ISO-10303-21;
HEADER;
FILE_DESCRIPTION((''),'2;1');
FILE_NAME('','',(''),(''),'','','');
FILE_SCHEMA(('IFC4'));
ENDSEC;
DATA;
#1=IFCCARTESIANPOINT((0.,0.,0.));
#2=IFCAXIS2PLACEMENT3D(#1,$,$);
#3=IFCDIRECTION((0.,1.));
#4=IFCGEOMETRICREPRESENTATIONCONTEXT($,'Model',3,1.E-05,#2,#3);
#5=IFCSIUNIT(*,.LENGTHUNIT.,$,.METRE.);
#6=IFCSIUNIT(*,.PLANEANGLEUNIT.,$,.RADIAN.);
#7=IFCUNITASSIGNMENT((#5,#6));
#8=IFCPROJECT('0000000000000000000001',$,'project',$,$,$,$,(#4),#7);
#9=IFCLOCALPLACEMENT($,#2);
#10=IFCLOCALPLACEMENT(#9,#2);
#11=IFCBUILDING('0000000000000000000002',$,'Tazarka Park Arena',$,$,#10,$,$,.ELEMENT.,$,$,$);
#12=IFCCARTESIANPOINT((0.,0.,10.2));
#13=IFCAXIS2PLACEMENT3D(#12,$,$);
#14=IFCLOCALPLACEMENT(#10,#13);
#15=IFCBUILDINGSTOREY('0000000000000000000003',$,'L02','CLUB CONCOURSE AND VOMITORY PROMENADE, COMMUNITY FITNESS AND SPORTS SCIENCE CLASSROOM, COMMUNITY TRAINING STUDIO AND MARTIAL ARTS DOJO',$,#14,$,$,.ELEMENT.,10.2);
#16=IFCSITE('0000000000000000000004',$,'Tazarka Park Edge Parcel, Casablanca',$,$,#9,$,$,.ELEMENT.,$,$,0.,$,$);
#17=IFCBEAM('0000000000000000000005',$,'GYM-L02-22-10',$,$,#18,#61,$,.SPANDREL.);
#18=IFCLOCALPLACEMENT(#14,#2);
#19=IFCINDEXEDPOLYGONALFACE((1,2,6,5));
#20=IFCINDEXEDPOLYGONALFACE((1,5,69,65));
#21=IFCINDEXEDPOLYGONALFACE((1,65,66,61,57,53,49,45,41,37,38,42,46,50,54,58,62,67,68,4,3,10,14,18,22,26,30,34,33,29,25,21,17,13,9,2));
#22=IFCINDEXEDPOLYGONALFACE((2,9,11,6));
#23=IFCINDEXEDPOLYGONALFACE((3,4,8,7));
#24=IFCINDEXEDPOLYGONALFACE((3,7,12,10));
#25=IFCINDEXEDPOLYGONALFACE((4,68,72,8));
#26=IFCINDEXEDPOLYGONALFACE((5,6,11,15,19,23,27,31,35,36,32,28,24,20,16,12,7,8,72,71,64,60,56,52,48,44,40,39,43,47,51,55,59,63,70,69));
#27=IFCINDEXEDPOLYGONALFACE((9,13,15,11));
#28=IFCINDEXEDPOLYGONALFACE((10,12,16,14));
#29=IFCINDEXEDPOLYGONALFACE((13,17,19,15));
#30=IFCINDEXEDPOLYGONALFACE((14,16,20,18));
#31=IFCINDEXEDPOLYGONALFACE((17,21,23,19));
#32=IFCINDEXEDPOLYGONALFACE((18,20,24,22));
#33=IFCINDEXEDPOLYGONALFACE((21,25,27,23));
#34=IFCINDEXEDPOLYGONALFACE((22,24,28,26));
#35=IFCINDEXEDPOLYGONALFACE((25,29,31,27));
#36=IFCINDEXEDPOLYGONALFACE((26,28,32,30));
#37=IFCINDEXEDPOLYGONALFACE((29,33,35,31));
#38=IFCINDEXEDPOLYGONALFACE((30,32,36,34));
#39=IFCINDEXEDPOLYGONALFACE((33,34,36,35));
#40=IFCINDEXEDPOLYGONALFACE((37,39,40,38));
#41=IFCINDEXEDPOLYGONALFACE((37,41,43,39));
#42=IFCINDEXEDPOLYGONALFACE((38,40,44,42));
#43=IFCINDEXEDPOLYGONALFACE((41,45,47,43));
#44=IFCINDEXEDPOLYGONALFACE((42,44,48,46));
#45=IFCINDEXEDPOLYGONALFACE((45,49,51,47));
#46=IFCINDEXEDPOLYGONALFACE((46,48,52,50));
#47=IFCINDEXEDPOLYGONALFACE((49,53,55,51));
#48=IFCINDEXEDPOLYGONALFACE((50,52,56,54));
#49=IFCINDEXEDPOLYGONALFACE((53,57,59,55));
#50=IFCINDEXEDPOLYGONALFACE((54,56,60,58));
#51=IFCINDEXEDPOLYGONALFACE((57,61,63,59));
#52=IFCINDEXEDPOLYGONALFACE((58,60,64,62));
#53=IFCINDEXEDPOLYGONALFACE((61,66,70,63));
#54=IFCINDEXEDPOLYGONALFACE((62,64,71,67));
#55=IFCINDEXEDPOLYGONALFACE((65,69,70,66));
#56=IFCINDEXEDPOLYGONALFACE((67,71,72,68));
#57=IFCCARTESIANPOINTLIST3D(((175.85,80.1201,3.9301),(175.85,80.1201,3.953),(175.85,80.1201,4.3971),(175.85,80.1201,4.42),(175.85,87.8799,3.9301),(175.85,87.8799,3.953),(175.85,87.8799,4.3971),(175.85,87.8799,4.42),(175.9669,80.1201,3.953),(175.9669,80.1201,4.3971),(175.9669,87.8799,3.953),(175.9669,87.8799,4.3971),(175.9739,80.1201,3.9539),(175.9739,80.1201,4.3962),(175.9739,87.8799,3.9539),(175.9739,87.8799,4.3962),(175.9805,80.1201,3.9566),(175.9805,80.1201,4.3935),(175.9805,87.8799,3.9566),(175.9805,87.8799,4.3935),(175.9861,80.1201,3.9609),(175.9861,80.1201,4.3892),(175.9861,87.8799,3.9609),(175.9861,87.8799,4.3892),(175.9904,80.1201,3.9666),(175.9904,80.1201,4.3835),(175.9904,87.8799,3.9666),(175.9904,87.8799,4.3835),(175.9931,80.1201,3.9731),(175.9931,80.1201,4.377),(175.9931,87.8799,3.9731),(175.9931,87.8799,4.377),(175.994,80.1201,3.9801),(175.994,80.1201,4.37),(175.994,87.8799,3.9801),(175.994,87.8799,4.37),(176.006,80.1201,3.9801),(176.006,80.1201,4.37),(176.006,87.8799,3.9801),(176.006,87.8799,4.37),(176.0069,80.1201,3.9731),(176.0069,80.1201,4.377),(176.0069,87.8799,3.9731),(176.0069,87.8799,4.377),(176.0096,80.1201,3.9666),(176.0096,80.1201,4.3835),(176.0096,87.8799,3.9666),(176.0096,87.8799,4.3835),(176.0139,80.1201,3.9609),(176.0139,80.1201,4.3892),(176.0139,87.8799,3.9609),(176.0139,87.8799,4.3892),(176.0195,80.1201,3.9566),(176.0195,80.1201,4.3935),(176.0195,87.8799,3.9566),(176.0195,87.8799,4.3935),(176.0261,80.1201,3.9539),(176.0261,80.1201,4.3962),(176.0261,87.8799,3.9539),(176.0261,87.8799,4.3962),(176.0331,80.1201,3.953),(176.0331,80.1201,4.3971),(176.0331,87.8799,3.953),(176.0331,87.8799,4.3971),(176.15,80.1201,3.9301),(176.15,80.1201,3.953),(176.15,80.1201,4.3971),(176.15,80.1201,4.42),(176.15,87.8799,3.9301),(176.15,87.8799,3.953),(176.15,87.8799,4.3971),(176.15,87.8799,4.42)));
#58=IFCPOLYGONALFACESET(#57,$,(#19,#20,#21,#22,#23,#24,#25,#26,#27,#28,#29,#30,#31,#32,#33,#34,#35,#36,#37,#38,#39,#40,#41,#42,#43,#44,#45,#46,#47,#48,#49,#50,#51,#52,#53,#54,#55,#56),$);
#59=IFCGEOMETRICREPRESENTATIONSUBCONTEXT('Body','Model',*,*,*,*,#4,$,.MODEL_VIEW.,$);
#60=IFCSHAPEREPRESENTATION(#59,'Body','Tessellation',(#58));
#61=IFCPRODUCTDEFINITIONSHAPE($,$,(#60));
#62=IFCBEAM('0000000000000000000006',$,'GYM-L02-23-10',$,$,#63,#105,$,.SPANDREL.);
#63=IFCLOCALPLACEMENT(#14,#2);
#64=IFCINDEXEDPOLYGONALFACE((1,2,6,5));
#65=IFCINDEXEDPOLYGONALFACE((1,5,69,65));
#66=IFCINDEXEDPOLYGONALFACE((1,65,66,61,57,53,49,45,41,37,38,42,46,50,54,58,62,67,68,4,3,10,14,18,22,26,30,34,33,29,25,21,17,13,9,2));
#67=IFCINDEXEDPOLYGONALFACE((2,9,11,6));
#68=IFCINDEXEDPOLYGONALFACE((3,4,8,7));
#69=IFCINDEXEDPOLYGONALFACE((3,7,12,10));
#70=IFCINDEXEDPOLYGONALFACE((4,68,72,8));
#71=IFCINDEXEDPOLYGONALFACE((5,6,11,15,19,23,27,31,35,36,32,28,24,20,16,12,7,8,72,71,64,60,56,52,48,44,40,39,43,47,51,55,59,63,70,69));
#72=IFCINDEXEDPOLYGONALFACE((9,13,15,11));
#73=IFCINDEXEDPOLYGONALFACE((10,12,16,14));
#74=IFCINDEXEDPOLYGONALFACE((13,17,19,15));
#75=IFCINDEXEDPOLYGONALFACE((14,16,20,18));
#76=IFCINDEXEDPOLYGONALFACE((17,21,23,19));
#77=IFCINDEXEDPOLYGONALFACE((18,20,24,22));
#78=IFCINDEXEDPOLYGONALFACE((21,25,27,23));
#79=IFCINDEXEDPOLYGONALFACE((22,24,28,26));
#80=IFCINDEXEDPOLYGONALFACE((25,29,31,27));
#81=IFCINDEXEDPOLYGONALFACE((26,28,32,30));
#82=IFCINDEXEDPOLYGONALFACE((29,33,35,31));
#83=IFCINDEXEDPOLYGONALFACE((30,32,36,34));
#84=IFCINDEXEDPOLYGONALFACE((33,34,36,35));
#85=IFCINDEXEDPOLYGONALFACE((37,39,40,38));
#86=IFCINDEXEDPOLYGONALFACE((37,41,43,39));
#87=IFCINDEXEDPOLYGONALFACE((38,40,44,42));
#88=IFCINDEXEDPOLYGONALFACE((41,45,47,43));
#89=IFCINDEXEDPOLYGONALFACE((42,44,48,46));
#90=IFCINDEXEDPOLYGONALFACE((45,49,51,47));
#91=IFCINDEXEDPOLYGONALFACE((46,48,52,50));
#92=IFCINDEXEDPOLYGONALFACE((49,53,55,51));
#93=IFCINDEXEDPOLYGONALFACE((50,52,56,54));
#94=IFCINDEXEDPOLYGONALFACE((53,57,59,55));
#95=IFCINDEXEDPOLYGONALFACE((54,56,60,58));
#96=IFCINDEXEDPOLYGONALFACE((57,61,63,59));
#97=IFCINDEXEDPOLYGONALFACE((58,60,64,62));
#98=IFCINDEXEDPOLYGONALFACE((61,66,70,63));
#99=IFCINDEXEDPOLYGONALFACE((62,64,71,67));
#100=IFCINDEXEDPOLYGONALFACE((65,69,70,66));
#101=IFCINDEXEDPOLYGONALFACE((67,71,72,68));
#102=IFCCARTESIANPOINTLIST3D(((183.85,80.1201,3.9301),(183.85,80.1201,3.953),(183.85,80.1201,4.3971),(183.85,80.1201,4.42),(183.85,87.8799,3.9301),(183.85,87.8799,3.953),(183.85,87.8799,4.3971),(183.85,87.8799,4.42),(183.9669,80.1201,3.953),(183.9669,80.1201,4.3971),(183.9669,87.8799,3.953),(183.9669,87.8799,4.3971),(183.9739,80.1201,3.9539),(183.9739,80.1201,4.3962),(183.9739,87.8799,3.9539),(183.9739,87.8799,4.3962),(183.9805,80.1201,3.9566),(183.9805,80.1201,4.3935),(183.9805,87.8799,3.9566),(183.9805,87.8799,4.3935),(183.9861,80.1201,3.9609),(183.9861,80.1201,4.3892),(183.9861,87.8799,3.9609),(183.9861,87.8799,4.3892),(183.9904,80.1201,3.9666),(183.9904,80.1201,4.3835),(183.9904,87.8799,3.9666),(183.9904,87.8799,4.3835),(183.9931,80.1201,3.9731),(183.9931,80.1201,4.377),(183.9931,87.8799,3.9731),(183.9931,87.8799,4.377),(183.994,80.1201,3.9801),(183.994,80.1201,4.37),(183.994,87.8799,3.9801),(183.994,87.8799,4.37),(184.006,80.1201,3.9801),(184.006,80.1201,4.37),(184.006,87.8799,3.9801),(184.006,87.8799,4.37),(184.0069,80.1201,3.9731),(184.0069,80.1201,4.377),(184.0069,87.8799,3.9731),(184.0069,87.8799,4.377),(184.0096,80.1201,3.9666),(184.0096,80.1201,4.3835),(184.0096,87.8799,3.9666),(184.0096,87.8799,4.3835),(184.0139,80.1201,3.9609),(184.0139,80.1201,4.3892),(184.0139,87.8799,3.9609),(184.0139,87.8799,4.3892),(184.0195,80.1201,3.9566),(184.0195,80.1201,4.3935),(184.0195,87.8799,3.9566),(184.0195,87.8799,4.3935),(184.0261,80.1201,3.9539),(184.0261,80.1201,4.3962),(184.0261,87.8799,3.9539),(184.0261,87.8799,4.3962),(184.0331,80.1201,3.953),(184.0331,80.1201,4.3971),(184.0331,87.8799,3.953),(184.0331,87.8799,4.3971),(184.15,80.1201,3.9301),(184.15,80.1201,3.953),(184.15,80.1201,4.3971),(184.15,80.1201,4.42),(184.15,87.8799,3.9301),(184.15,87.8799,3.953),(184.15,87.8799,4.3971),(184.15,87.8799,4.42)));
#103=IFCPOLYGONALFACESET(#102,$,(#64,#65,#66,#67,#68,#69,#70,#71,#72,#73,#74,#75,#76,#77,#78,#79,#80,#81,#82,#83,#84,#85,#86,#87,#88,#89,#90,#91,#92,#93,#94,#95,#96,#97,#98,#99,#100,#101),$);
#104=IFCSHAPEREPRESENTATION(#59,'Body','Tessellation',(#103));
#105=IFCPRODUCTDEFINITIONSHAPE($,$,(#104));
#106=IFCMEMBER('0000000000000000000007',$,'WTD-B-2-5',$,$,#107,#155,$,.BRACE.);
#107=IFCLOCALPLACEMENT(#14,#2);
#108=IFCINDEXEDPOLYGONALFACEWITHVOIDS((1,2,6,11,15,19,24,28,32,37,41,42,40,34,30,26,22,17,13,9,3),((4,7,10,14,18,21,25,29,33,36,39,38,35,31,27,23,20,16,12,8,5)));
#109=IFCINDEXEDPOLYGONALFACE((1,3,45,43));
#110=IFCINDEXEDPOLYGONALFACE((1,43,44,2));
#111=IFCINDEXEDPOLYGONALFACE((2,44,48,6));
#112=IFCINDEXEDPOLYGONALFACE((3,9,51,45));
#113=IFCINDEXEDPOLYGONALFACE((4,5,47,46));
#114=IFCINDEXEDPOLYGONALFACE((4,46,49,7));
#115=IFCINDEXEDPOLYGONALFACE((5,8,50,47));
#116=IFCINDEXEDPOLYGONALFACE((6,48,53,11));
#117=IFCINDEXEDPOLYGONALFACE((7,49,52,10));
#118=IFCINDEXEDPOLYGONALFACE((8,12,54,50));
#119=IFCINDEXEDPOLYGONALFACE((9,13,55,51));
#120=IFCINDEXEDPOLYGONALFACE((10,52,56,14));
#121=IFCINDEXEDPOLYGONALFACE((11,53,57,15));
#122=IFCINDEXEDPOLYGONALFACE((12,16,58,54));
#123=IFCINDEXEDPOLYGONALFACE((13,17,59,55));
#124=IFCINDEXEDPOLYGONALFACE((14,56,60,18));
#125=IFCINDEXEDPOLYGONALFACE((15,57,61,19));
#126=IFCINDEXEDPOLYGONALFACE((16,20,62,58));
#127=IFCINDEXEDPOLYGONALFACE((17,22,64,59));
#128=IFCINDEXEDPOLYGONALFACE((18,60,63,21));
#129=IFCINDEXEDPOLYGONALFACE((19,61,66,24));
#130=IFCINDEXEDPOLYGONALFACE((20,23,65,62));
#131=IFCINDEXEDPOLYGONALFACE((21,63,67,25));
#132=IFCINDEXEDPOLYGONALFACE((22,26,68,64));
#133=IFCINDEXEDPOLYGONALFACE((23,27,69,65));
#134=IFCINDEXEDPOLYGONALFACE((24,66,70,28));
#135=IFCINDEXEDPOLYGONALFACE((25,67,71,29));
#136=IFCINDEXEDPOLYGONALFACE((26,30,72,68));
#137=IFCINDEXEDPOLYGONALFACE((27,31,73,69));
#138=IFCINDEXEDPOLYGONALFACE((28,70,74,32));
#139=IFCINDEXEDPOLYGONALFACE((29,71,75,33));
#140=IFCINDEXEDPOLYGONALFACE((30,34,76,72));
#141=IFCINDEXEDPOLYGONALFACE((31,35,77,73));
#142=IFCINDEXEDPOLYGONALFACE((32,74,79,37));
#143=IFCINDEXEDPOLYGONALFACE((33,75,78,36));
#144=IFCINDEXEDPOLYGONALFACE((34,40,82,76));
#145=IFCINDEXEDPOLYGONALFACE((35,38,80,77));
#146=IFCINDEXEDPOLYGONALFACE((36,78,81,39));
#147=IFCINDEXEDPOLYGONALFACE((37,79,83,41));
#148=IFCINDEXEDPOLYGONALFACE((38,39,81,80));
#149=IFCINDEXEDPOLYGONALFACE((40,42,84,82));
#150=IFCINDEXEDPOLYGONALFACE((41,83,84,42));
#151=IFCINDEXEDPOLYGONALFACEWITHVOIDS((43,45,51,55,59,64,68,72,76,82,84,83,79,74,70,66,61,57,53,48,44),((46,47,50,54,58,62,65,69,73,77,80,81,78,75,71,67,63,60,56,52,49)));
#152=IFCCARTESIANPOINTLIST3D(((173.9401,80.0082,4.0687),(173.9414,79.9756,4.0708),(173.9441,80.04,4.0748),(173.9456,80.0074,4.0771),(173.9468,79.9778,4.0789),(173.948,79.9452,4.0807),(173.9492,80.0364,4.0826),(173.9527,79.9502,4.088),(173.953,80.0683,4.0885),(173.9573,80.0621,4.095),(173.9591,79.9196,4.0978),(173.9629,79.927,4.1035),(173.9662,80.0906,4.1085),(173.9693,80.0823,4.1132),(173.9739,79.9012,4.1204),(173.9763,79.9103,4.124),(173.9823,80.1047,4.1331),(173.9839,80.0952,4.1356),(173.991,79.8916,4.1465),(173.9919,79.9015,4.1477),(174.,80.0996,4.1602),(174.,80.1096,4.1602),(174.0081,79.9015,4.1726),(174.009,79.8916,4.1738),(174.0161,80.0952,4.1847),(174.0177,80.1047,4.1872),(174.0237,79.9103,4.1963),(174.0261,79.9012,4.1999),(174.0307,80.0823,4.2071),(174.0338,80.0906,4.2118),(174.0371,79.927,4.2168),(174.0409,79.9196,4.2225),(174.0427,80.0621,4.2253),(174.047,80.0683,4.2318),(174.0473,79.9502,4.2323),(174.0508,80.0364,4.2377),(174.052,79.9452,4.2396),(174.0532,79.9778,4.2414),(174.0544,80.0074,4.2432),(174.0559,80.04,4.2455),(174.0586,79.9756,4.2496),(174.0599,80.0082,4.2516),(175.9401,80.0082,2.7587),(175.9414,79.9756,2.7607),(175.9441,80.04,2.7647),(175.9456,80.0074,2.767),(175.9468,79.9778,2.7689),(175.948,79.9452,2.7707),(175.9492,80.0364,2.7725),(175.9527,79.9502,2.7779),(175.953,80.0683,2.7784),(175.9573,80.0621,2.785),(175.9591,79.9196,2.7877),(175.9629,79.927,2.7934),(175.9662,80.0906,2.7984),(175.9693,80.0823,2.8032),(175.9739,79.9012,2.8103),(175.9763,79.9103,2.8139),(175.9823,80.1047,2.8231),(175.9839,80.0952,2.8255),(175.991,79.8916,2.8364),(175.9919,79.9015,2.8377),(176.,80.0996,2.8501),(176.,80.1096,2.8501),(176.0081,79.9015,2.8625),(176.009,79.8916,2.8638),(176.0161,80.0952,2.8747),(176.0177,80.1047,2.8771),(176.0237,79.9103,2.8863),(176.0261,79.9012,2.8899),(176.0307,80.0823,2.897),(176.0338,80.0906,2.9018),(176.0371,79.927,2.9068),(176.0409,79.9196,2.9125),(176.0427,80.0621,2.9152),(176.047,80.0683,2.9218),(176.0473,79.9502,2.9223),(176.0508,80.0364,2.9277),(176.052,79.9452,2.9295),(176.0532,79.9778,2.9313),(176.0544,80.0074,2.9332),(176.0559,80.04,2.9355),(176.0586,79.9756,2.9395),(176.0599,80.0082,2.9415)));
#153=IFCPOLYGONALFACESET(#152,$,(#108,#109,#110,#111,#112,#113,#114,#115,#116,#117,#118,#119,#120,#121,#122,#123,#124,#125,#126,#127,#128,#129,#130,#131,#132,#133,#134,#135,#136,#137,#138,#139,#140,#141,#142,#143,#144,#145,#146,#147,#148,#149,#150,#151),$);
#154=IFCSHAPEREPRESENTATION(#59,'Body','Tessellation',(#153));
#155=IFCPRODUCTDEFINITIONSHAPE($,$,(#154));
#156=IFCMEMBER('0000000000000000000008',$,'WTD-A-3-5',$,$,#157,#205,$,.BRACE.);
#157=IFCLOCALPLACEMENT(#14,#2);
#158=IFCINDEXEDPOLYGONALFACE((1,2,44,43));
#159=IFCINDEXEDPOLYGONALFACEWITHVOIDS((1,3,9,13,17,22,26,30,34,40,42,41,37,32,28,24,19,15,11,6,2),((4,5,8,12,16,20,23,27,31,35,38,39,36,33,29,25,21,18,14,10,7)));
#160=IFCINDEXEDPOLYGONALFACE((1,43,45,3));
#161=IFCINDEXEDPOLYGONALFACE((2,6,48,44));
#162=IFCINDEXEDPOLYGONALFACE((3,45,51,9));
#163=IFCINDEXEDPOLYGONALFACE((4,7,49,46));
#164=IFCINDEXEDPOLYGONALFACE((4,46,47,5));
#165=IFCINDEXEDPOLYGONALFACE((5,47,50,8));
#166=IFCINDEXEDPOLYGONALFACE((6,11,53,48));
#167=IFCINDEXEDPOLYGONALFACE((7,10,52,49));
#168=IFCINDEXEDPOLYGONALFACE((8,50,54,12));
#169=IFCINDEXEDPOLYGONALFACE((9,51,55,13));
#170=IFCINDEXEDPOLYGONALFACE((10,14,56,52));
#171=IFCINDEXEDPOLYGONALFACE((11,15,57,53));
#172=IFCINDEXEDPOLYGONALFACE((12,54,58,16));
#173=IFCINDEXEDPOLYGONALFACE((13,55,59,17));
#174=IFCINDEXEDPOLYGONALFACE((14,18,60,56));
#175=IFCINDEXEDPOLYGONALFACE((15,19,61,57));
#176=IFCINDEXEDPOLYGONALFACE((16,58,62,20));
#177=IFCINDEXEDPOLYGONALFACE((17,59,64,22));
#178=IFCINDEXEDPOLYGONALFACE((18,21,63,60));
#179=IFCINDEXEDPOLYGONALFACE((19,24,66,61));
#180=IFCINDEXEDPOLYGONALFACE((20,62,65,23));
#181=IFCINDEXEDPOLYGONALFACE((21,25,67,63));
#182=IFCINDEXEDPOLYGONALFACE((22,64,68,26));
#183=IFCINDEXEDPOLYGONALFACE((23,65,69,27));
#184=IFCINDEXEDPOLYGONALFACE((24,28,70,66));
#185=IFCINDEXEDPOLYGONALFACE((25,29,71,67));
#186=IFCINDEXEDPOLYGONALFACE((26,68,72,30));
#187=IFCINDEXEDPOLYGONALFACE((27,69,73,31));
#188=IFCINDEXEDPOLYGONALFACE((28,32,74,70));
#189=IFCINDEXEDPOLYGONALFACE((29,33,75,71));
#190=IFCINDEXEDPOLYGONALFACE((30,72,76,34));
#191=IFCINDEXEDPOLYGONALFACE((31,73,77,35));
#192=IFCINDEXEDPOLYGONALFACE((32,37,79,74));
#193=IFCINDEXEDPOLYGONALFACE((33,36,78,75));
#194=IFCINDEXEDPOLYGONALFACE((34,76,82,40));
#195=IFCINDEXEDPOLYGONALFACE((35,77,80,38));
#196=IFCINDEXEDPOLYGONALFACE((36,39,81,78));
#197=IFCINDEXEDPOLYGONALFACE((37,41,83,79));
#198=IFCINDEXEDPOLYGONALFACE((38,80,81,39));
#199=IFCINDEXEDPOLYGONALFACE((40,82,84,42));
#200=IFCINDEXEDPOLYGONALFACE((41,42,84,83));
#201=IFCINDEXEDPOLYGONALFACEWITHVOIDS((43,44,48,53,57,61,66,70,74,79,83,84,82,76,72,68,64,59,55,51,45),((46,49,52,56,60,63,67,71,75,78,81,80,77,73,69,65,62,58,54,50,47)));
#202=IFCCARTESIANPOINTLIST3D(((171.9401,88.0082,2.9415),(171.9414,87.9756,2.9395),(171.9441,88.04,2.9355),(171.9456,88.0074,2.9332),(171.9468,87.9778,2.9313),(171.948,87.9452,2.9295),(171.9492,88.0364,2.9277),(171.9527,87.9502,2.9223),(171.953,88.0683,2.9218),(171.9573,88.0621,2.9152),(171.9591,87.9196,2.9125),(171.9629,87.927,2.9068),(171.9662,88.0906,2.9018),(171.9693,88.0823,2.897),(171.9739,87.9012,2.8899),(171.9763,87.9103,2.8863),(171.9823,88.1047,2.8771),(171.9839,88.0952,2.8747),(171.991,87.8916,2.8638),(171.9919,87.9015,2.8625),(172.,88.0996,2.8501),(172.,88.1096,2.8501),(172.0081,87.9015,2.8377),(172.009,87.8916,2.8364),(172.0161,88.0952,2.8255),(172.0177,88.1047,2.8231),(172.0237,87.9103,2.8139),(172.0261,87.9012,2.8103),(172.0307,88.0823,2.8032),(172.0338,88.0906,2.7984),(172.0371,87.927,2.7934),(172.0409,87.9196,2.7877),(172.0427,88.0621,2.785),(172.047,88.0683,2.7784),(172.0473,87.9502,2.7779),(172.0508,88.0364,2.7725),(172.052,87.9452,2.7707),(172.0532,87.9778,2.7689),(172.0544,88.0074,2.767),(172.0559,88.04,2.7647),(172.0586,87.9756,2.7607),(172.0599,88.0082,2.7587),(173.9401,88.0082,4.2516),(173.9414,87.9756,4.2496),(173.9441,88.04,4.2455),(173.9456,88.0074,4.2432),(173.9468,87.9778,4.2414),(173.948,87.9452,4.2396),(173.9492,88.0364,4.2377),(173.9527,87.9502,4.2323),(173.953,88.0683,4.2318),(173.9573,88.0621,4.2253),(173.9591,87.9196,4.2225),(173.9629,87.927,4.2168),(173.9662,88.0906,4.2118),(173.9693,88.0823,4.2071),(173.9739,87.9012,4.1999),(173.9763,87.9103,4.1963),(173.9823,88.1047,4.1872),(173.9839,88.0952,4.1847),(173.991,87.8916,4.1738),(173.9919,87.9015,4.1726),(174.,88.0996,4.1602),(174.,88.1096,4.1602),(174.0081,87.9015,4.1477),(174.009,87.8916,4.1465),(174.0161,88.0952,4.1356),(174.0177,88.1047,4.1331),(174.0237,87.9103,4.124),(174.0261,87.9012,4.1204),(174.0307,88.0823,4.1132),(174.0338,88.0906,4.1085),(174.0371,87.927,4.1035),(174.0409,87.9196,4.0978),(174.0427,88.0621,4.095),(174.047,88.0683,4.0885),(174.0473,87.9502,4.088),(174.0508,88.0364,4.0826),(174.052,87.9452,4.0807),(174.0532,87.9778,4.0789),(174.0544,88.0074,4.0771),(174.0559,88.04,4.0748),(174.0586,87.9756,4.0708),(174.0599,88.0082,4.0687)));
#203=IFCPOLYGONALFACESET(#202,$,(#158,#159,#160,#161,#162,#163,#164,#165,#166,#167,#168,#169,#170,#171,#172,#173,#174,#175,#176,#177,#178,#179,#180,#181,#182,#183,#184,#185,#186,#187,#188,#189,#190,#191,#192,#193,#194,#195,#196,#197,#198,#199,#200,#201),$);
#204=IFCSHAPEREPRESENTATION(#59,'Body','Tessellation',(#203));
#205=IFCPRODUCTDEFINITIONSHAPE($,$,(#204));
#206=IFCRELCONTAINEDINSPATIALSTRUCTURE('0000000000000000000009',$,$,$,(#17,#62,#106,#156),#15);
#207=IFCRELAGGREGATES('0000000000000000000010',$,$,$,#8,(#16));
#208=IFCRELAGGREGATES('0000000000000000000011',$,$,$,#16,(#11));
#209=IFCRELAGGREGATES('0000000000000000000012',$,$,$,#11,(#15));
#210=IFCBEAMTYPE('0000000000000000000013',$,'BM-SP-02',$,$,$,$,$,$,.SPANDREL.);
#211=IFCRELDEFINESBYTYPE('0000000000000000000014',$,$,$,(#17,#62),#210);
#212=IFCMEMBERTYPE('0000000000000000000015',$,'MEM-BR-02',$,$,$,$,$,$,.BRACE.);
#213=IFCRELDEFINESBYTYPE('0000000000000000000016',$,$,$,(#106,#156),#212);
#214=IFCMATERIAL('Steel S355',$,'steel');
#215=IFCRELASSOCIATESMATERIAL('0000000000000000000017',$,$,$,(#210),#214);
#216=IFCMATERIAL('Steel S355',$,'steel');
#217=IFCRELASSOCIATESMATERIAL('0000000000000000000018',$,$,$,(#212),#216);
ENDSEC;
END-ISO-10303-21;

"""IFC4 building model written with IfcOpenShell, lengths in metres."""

from ifc_helpers import new_model, si_unit, direction, frame, origin, origin_2d, place, context, subcontext, project, spatial, hollow_circle, i_section, extrude, material, material_profile, profile_set, type_object, element, save


model = new_model("IFC4")

# Units and contexts
model_context = context("Model", 3, precision=1e-05, world=origin(), true_north=direction((0.0, 1.0)))
body_context = subcontext(model_context, "Body", "Model", "MODEL_VIEW")
ifc_project = project(units=[si_unit("LENGTHUNIT", "METRE"), si_unit("PLANEANGLEUNIT", "RADIAN")], contexts=[model_context])

# Site, building, storey
site_placement = place(None, origin())
site = spatial("IfcSite", under=ifc_project, at=site_placement, Name="Tazarka Park Edge Parcel, Casablanca", CompositionType="ELEMENT", RefElevation=0.0)
building_placement = place(site_placement, origin())
building = spatial("IfcBuilding", under=site, at=building_placement, Name="Tazarka Park Arena", CompositionType="ELEMENT")
storey_placement = place(building_placement, frame((0.0, 0.0, 10.2)))
storey = spatial("IfcBuildingStorey", under=building, at=storey_placement, Name="L02", Description="CLUB CONCOURSE AND VOMITORY PROMENADE, COMMUNITY FITNESS AND SPORTS SCIENCE CLASSROOM, COMMUNITY TRAINING STUDIO AND MARTIAL ARTS DOJO", CompositionType="ELEMENT", Elevation=10.2)

# Beams
ifc_material_1 = material(Name="Steel S355", Category="steel")
ifc_material_profile_1 = material_profile(ifc_material_1, i_section(OverallWidth=0.3, OverallDepth=0.49, WebThickness=0.012, FlangeThickness=0.0229, FilletRadius=0.0271, at=origin_2d()), Name="Steel S355")
ifc_profile_set_1 = profile_set([ifc_material_profile_1], Name="Steel S355")
beam_type_1 = type_object("IfcBeamType", Name="BM-SP-02", PredefinedType="SPANDREL", material=ifc_profile_set_1)
for number, where, z_axis, x_axis, name in (
    (1, (176.0, 80.1201, 4.175), (0.0, 1.0, 0.0), (-1.0, 0.0, 0.0), "GYM-L02-22-10"),
    (2, (184.0, 80.1201, 4.175), (0.0, 1.0, 0.0), (-1.0, 0.0, 0.0), "GYM-L02-23-10"),
):
    element("IfcBeam", number, at=place(storey_placement, frame(where, z_axis=z_axis, x_axis=x_axis)), inside=storey, type_object=beam_type_1, Name=name, PredefinedType="SPANDREL", context=body_context, shape_type="SweptSolid", body=[
        extrude(i_section(OverallWidth=0.3, OverallDepth=0.49, WebThickness=0.012, FlangeThickness=0.0229, FilletRadius=0.0271, at=origin_2d()), origin(), (0.0, 0.0, 1.0), 7.7598),
    ])

# Members
ifc_material_2 = material(Name="Steel S355", Category="steel")
ifc_material_profile_2 = material_profile(ifc_material_2, hollow_circle(Radius=0.1096, WallThickness=0.01, at=origin_2d()), Name="Steel S355")
ifc_profile_set_2 = profile_set([ifc_material_profile_2], Name="Steel S355")
member_type_1 = type_object("IfcMemberType", Name="MEM-BR-02", PredefinedType="BRACE", material=ifc_profile_set_2)
for number, where, z_axis, x_axis, name in (
    (3, (174.0, 80.0, 4.1602), (0.836516, 0.0, -0.547942), (0.0, 1.0, 0.0), "WTD-B-2-5"),
    (4, (172.0, 88.0, 2.8501), (0.836516, 0.0, 0.547942), (0.0, 1.0, 0.0), "WTD-A-3-5"),
):
    element("IfcMember", number, at=place(storey_placement, frame(where, z_axis=z_axis, x_axis=x_axis)), inside=storey, type_object=member_type_1, Name=name, PredefinedType="BRACE", context=body_context, shape_type="SweptSolid", body=[
        extrude(hollow_circle(Radius=0.1096, WallThickness=0.01, at=origin_2d()), origin(), (0.0, 0.0, 1.0), 2.3909),
    ])

save(model, "model.ifc")
